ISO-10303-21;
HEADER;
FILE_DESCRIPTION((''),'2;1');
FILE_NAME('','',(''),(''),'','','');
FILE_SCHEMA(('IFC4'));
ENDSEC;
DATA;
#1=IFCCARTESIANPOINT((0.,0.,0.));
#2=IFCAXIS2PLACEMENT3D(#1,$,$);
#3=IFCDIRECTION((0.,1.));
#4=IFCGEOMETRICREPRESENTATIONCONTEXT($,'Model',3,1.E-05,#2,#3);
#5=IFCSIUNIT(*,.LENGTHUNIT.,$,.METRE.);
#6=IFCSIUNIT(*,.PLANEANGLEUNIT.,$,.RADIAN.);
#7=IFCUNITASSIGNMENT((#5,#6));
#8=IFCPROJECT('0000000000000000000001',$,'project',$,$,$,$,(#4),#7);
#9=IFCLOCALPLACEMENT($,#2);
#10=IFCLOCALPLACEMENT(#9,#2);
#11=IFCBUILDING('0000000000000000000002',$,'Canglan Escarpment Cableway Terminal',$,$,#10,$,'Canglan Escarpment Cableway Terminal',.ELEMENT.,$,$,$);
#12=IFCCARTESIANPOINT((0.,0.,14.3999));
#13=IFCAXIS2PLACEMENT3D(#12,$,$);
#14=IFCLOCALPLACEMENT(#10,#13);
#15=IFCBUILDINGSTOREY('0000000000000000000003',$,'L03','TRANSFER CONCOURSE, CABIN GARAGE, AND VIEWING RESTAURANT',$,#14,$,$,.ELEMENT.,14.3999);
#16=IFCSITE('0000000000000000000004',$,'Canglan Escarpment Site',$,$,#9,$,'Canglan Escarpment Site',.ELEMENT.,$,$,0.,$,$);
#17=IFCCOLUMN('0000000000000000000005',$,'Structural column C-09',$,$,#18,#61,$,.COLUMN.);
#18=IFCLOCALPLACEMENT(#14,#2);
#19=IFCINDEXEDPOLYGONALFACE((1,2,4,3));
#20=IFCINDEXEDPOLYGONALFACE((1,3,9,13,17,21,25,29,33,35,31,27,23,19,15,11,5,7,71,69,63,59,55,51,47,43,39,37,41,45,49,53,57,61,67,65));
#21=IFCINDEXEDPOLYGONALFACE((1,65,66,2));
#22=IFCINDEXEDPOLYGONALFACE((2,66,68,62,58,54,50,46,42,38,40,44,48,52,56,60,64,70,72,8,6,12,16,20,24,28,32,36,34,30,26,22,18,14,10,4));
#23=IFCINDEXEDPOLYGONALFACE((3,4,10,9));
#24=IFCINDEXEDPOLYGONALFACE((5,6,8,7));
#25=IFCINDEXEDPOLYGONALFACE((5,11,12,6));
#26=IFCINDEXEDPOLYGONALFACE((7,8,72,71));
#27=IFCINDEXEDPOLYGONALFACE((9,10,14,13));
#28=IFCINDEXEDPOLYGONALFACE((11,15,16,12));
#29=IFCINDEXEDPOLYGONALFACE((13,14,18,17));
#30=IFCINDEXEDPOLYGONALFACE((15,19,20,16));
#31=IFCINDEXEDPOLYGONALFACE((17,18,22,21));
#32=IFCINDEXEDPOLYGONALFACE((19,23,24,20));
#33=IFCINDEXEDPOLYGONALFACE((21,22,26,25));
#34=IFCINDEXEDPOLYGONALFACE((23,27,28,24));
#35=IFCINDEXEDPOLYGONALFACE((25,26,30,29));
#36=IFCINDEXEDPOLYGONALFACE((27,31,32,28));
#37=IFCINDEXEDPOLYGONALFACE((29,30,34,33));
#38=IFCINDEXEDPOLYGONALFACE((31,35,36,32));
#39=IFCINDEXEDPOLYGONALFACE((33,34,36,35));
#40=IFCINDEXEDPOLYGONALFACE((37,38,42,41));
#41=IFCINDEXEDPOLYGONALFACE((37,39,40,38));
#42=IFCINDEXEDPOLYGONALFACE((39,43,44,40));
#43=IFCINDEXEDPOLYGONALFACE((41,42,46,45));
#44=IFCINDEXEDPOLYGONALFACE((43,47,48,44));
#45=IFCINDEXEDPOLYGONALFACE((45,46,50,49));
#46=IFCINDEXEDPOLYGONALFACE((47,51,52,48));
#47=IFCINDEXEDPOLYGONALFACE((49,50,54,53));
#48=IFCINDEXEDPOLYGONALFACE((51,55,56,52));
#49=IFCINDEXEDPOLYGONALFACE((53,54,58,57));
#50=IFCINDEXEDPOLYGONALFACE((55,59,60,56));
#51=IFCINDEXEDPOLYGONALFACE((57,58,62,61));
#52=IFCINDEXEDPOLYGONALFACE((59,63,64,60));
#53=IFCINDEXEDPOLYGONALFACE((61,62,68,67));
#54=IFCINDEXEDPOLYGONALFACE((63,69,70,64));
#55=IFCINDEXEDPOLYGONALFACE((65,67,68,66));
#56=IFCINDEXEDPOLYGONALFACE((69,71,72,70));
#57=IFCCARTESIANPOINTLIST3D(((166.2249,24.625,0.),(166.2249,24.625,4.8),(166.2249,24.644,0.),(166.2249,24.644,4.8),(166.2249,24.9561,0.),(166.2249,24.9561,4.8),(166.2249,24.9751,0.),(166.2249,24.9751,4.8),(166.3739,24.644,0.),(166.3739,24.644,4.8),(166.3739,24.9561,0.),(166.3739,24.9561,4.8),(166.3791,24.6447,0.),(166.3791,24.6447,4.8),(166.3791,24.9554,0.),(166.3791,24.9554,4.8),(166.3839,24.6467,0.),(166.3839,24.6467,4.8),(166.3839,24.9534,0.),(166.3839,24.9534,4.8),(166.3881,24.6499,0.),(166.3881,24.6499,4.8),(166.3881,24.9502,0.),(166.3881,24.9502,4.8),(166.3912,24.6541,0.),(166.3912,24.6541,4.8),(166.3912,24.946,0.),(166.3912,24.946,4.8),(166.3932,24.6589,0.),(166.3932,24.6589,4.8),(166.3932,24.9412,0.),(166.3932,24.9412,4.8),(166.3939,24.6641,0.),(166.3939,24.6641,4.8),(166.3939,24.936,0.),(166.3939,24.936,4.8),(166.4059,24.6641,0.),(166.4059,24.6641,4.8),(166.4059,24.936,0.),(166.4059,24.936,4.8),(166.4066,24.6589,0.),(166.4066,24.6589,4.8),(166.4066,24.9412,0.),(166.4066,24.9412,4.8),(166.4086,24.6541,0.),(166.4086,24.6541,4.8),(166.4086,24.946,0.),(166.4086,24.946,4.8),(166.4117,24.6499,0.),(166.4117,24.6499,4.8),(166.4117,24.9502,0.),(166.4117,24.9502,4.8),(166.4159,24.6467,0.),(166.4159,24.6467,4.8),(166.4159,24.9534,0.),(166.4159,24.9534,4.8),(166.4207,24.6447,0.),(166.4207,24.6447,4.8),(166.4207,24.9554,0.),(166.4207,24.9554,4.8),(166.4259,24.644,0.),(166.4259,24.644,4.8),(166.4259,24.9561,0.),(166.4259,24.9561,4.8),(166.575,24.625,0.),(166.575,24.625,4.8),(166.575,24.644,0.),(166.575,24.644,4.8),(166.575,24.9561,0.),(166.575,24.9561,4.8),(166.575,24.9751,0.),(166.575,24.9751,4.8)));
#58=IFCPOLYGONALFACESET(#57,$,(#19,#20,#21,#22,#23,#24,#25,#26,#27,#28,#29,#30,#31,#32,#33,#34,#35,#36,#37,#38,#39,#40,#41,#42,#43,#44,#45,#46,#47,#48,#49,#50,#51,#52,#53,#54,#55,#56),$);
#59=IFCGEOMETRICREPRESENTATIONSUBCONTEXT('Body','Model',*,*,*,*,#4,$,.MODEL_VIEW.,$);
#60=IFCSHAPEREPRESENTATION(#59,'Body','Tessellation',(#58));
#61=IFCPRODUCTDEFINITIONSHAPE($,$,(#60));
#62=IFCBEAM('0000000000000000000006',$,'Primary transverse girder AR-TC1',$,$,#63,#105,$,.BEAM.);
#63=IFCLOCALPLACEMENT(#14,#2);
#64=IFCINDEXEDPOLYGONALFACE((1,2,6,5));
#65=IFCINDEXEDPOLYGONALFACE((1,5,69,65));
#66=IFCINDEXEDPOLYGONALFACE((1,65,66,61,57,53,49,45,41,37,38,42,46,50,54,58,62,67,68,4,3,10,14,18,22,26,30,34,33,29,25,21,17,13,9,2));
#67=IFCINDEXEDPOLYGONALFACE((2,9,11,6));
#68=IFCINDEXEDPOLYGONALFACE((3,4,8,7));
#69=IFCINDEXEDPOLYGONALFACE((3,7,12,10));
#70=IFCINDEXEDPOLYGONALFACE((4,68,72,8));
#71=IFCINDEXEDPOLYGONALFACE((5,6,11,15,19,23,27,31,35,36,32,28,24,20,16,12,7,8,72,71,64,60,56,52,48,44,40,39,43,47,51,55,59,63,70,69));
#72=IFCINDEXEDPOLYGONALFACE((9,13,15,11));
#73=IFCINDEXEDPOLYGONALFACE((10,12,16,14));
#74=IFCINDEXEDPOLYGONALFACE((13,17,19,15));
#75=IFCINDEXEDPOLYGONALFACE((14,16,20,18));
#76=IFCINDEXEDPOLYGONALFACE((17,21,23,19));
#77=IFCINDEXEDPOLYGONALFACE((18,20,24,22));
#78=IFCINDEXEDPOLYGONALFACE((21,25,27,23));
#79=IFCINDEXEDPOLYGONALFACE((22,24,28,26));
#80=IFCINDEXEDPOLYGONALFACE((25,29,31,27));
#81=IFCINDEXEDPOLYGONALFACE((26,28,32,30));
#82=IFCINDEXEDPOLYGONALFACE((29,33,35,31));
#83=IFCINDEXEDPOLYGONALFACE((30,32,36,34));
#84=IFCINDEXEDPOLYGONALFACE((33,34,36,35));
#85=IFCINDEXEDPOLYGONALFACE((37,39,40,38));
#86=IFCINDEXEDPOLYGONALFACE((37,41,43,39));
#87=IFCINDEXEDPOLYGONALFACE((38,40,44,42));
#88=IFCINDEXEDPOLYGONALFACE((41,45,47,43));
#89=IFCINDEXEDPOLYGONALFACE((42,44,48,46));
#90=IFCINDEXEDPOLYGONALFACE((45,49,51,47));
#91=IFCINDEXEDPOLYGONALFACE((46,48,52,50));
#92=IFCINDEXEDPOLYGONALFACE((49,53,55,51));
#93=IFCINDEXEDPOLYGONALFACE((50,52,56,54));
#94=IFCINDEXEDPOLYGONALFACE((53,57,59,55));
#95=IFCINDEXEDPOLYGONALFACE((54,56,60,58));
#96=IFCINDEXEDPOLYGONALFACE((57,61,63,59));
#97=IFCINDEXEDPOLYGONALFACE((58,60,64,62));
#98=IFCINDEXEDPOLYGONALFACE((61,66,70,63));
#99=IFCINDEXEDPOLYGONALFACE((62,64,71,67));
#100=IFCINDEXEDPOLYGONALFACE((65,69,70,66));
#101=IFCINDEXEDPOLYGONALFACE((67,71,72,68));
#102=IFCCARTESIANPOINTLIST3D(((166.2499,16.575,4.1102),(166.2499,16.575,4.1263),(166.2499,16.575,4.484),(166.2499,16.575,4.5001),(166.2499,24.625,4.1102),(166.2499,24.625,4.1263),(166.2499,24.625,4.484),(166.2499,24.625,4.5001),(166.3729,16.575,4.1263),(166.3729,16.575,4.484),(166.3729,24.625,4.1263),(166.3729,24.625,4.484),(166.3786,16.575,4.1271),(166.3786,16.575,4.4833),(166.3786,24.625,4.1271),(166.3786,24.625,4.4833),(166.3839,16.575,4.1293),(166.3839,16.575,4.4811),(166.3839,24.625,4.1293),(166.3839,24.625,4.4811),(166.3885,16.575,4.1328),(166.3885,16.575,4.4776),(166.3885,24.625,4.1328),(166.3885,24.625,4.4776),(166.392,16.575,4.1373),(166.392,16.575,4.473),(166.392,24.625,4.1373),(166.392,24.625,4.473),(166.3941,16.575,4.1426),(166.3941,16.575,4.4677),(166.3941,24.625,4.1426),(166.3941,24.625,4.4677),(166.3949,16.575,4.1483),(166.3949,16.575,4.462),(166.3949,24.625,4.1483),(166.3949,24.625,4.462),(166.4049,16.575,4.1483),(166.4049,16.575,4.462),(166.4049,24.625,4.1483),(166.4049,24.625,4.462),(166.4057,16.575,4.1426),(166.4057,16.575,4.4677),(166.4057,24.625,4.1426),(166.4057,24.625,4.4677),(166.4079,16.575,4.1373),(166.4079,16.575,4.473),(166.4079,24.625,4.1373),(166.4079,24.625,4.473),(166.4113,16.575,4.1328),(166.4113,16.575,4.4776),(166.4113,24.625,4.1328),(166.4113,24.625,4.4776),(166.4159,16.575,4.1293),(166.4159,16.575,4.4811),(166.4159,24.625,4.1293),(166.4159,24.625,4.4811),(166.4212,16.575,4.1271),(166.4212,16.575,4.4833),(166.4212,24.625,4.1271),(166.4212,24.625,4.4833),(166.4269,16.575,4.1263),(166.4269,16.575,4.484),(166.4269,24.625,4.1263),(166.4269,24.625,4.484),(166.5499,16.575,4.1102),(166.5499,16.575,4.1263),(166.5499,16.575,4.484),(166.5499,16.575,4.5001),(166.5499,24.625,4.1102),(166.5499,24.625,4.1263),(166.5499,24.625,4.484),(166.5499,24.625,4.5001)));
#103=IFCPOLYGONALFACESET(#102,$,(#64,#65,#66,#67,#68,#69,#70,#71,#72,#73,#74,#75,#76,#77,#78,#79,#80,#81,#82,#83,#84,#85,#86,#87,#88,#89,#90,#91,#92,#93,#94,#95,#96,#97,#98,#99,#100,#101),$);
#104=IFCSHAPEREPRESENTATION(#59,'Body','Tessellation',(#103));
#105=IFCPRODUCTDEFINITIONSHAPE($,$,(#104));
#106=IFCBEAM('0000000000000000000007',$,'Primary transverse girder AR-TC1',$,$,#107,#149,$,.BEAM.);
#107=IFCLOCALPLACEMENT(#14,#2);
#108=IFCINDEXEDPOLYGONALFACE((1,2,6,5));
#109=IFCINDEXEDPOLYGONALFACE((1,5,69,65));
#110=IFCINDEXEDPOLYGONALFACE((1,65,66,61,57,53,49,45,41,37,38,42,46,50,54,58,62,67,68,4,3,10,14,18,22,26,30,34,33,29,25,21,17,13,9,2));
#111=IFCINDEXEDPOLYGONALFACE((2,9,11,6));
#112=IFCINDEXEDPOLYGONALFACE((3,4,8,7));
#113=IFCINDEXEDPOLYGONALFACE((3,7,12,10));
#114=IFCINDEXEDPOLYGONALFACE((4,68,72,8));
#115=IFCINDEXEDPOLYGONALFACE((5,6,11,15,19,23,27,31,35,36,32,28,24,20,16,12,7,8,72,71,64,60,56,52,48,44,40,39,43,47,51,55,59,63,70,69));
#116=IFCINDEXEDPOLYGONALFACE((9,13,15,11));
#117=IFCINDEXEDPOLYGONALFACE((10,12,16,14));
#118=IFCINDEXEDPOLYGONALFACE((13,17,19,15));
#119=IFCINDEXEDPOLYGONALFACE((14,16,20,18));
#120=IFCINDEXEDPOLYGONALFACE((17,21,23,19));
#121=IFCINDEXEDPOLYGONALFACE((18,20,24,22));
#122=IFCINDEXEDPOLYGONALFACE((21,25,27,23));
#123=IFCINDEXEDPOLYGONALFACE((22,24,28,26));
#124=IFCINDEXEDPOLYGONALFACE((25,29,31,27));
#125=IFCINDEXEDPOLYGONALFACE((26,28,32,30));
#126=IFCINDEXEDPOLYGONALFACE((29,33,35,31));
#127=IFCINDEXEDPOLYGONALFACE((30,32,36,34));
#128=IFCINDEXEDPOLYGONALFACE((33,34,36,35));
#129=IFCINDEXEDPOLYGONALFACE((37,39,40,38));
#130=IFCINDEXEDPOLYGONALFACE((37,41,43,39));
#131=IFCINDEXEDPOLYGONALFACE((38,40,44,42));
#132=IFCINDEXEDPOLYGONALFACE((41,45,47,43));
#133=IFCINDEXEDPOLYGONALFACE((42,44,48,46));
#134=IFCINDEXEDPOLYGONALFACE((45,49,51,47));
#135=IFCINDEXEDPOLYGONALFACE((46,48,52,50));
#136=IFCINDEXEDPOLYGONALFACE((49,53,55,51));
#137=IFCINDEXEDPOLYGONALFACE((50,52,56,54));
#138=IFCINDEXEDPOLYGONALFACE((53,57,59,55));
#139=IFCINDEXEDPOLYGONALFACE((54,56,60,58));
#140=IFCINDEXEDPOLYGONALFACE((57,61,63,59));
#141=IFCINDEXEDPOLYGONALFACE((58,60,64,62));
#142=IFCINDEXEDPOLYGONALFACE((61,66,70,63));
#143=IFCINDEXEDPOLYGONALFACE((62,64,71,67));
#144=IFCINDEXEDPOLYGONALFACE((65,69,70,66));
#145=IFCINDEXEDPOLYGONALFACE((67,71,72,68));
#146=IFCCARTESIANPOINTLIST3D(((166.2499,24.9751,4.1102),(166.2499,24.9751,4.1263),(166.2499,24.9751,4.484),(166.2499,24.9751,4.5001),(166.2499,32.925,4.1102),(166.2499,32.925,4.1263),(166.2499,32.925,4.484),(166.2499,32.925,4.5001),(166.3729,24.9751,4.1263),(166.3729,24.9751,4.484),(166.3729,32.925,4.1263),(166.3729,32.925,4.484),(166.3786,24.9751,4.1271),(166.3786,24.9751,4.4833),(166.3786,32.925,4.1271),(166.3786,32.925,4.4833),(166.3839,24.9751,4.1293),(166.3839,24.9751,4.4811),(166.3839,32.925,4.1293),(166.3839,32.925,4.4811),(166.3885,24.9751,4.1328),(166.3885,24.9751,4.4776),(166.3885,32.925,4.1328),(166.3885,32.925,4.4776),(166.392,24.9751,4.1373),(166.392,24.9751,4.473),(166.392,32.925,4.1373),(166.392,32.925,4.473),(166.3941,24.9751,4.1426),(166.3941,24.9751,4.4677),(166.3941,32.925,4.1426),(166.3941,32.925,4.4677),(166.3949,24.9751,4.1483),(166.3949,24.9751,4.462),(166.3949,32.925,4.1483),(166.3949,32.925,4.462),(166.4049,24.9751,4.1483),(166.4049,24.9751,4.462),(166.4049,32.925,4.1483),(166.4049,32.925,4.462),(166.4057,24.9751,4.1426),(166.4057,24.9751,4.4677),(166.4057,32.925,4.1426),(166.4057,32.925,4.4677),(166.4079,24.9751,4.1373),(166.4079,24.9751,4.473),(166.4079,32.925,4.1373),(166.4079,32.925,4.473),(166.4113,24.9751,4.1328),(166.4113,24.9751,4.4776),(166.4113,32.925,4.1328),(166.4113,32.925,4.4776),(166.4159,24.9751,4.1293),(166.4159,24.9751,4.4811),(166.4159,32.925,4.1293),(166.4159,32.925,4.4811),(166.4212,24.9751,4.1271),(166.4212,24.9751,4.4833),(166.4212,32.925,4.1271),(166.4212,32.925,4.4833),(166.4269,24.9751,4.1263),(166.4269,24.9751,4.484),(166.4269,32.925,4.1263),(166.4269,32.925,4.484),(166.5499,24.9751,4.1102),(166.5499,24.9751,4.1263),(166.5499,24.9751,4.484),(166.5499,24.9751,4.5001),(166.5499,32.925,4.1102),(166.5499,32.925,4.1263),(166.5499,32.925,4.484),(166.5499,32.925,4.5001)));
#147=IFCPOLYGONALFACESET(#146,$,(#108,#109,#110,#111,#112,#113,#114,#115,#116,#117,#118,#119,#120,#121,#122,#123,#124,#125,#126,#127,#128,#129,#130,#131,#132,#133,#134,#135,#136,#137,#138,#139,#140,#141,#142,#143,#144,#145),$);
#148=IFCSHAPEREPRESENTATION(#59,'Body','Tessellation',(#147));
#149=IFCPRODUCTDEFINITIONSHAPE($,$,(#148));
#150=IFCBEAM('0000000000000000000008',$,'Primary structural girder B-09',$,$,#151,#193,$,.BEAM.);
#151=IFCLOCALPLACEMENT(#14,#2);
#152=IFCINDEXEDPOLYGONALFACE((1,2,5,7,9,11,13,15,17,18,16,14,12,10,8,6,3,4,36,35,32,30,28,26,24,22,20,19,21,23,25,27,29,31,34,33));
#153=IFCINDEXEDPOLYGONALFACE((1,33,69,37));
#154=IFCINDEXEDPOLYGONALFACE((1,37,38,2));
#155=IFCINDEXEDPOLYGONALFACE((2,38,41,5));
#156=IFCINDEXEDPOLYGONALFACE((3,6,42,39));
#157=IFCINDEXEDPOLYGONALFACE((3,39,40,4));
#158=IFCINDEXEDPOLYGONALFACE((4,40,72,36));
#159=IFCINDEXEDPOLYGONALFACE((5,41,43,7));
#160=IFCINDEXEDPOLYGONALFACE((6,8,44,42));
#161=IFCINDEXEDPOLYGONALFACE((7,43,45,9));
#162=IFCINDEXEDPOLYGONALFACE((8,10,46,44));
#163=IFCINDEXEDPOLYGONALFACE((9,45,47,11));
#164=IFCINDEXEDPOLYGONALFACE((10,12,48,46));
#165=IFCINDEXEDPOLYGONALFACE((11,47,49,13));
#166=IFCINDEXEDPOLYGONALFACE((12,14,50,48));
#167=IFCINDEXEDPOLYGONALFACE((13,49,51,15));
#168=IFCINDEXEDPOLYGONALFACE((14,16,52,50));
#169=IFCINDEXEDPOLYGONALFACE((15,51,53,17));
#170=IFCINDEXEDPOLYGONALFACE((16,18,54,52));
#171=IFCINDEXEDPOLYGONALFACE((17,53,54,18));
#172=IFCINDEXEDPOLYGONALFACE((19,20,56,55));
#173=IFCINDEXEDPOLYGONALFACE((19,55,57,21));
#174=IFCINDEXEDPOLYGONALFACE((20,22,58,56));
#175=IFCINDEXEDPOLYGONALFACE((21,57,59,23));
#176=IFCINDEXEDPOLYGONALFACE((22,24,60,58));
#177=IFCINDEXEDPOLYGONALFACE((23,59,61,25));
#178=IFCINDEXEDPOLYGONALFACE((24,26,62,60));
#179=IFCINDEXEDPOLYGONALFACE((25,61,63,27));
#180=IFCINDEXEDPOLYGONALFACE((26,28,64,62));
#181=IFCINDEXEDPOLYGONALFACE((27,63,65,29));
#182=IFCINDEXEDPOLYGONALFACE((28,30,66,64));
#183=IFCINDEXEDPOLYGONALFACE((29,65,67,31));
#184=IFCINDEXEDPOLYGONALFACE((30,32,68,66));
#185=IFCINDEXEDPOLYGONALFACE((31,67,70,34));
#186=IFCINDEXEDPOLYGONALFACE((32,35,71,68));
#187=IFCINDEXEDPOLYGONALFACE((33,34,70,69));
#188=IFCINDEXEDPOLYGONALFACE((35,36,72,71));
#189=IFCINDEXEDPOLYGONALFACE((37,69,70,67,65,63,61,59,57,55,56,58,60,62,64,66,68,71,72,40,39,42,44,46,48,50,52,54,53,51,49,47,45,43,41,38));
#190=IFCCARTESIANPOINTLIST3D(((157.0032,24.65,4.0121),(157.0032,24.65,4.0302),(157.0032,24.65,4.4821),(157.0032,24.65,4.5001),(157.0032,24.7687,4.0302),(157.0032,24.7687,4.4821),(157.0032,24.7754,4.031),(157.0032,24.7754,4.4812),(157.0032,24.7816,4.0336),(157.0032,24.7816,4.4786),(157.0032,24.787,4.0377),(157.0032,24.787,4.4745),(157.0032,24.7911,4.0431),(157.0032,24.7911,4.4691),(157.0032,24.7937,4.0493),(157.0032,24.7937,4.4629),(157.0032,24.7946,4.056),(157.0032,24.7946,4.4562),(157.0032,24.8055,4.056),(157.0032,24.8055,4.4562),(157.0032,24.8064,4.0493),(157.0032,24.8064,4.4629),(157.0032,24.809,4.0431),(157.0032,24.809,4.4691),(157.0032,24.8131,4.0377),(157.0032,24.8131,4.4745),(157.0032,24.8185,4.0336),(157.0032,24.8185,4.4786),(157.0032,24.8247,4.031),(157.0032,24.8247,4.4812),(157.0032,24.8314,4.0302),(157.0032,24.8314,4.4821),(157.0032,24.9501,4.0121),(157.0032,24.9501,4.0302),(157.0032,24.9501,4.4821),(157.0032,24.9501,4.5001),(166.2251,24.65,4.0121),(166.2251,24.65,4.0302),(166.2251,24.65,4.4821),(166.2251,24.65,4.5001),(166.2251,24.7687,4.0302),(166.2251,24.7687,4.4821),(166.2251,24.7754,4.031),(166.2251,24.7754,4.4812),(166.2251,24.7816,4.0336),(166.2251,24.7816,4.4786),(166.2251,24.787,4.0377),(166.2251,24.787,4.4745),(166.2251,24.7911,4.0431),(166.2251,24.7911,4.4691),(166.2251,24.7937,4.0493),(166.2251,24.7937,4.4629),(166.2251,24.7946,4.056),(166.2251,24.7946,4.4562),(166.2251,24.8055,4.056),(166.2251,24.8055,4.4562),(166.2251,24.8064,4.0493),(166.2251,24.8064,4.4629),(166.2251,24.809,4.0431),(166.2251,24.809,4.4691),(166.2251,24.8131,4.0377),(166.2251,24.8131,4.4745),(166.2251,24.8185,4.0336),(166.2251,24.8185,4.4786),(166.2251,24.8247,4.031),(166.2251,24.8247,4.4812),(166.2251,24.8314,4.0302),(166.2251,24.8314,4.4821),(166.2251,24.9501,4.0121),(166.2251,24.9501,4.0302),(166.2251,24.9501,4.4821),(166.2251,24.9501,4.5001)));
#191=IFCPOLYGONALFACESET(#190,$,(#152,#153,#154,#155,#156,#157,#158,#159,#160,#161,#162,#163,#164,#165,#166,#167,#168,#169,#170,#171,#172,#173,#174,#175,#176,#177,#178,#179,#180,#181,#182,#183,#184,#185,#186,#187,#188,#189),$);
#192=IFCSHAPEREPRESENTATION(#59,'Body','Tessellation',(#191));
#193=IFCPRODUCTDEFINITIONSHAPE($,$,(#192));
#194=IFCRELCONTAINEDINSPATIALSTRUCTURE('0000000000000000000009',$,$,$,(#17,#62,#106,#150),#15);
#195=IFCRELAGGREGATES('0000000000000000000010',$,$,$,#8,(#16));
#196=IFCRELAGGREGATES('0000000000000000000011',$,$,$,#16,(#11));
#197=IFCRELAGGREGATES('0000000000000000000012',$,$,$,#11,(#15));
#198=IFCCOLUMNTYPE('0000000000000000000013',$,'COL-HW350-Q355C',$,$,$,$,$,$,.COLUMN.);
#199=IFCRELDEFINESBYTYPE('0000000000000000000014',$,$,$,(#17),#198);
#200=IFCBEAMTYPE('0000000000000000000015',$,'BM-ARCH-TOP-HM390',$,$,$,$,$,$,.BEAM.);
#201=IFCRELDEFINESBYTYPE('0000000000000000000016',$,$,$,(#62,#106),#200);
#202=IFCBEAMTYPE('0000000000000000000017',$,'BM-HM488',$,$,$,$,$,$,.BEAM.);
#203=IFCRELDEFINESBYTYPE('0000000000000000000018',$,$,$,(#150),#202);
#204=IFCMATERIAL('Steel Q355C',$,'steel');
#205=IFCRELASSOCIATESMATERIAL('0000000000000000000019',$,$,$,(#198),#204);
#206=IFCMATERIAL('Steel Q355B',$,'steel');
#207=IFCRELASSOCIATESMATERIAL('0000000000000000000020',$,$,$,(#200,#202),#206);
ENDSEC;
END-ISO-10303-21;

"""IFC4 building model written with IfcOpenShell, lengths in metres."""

from ifc_helpers import new_model, si_unit, direction, frame, origin, origin_2d, place, context, subcontext, project, spatial, i_section, extrude, material, material_profile, profile_set, type_object, element, save


model = new_model("IFC4")

# Units and contexts
model_context = context("Model", 3, precision=1e-05, world=origin(), true_north=direction((0.0, 1.0)))
body_context = subcontext(model_context, "Body", "Model", "MODEL_VIEW")
ifc_project = project(units=[si_unit("LENGTHUNIT", "METRE"), si_unit("PLANEANGLEUNIT", "RADIAN")], contexts=[model_context])

# Site, building, storey
site_placement = place(None, origin())
site = spatial("IfcSite", under=ifc_project, at=site_placement, Name="Canglan Escarpment Site", LongName="Canglan Escarpment Site", CompositionType="ELEMENT", RefElevation=0.0)
building_placement = place(site_placement, origin())
building = spatial("IfcBuilding", under=site, at=building_placement, Name="Canglan Escarpment Cableway Terminal", LongName="Canglan Escarpment Cableway Terminal", CompositionType="ELEMENT")
storey_placement = place(building_placement, frame((0.0, 0.0, 14.3999)))
storey = spatial("IfcBuildingStorey", under=building, at=storey_placement, Name="L03", Description="TRANSFER CONCOURSE, CABIN GARAGE, AND VIEWING RESTAURANT", CompositionType="ELEMENT", Elevation=14.3999)

# Column
ifc_material_1 = material(Name="Steel Q355C", Category="steel")
ifc_material_profile_1 = material_profile(ifc_material_1, i_section(OverallWidth=0.3501, OverallDepth=0.3501, WebThickness=0.012, FlangeThickness=0.019, FilletRadius=0.02, at=origin_2d()), Name="HW 350x350x12x19")
ifc_profile_set_1 = profile_set([ifc_material_profile_1], Name="Steel Q355C")
column_type = type_object("IfcColumnType", Name="COL-HW350-Q355C", PredefinedType="COLUMN", material=ifc_profile_set_1)
column_placement = place(storey_placement, frame((166.3999, 24.8, 0.0), z_axis=(0.0, 0.0, 1.0), x_axis=(1.0, 0.0, 0.0)))
element("IfcColumn", 1, at=column_placement, inside=storey, type_object=column_type, Name="Structural column C-09", PredefinedType="COLUMN", context=body_context, shape_type="SweptSolid", body=[
    extrude(i_section(OverallWidth=0.3501, OverallDepth=0.3501, WebThickness=0.012, FlangeThickness=0.019, FilletRadius=0.02, at=origin_2d()), origin(), (0.0, 0.0, 1.0), 4.8),
])

# Beams
ifc_material_2 = material(Name="Steel Q355B", Category="steel")
ifc_material_profile_2 = material_profile(ifc_material_2, i_section(OverallWidth=0.3, OverallDepth=0.3899, WebThickness=0.01, FlangeThickness=0.0161, FilletRadius=0.022, at=origin_2d()), Name="HM 390x300x10x16")
ifc_profile_set_2 = profile_set([ifc_material_profile_2], Name="Steel Q355B")
beam_type_1 = type_object("IfcBeamType", Name="BM-ARCH-TOP-HM390", PredefinedType="BEAM", material=ifc_profile_set_2)
beam_1_placement = place(storey_placement, frame((166.3999, 16.575, 4.3052), z_axis=(0.0, 1.0, 0.0), x_axis=(-1.0, 0.0, 0.0)))
element("IfcBeam", 2, at=beam_1_placement, inside=storey, type_object=beam_type_1, Name="Primary transverse girder AR-TC1", PredefinedType="BEAM", context=body_context, shape_type="SweptSolid", body=[
    extrude(i_section(OverallWidth=0.3, OverallDepth=0.3899, WebThickness=0.01, FlangeThickness=0.0161, FilletRadius=0.022, at=origin_2d()), origin(), (0.0, 0.0, 1.0), 8.05),
])
beam_2_placement = place(storey_placement, frame((166.3999, 24.9751, 4.3052), z_axis=(0.0, 1.0, 0.0), x_axis=(-1.0, 0.0, 0.0)))
element("IfcBeam", 3, at=beam_2_placement, inside=storey, type_object=beam_type_1, Name="Primary transverse girder AR-TC1", PredefinedType="BEAM", context=body_context, shape_type="SweptSolid", body=[
    extrude(i_section(OverallWidth=0.3, OverallDepth=0.3899, WebThickness=0.01, FlangeThickness=0.0161, FilletRadius=0.022, at=origin_2d()), origin(), (0.0, 0.0, 1.0), 7.95),
])
ifc_material_profile_3 = material_profile(ifc_material_2, i_section(OverallWidth=0.3, OverallDepth=0.488, WebThickness=0.011, FlangeThickness=0.0181, FilletRadius=0.0259, at=origin_2d()), Name="HM 488x300x11x18")
ifc_profile_set_3 = profile_set([ifc_material_profile_3], Name="Steel Q355B")
beam_type_2 = type_object("IfcBeamType", Name="BM-HM488", PredefinedType="BEAM", material=ifc_profile_set_3)
beam_3_placement = place(storey_placement, frame((157.0032, 24.8, 4.2561), z_axis=(1.0, 0.0, 0.0), x_axis=(0.0, 1.0, 0.0)))
element("IfcBeam", 4, at=beam_3_placement, inside=storey, type_object=beam_type_2, Name="Primary structural girder B-09", PredefinedType="BEAM", context=body_context, shape_type="SweptSolid", body=[
    extrude(i_section(OverallWidth=0.3, OverallDepth=0.488, WebThickness=0.011, FlangeThickness=0.0181, FilletRadius=0.0259, at=origin_2d()), origin(), (0.0, 0.0, 1.0), 9.2219),
])

save(model, "model.ifc")
